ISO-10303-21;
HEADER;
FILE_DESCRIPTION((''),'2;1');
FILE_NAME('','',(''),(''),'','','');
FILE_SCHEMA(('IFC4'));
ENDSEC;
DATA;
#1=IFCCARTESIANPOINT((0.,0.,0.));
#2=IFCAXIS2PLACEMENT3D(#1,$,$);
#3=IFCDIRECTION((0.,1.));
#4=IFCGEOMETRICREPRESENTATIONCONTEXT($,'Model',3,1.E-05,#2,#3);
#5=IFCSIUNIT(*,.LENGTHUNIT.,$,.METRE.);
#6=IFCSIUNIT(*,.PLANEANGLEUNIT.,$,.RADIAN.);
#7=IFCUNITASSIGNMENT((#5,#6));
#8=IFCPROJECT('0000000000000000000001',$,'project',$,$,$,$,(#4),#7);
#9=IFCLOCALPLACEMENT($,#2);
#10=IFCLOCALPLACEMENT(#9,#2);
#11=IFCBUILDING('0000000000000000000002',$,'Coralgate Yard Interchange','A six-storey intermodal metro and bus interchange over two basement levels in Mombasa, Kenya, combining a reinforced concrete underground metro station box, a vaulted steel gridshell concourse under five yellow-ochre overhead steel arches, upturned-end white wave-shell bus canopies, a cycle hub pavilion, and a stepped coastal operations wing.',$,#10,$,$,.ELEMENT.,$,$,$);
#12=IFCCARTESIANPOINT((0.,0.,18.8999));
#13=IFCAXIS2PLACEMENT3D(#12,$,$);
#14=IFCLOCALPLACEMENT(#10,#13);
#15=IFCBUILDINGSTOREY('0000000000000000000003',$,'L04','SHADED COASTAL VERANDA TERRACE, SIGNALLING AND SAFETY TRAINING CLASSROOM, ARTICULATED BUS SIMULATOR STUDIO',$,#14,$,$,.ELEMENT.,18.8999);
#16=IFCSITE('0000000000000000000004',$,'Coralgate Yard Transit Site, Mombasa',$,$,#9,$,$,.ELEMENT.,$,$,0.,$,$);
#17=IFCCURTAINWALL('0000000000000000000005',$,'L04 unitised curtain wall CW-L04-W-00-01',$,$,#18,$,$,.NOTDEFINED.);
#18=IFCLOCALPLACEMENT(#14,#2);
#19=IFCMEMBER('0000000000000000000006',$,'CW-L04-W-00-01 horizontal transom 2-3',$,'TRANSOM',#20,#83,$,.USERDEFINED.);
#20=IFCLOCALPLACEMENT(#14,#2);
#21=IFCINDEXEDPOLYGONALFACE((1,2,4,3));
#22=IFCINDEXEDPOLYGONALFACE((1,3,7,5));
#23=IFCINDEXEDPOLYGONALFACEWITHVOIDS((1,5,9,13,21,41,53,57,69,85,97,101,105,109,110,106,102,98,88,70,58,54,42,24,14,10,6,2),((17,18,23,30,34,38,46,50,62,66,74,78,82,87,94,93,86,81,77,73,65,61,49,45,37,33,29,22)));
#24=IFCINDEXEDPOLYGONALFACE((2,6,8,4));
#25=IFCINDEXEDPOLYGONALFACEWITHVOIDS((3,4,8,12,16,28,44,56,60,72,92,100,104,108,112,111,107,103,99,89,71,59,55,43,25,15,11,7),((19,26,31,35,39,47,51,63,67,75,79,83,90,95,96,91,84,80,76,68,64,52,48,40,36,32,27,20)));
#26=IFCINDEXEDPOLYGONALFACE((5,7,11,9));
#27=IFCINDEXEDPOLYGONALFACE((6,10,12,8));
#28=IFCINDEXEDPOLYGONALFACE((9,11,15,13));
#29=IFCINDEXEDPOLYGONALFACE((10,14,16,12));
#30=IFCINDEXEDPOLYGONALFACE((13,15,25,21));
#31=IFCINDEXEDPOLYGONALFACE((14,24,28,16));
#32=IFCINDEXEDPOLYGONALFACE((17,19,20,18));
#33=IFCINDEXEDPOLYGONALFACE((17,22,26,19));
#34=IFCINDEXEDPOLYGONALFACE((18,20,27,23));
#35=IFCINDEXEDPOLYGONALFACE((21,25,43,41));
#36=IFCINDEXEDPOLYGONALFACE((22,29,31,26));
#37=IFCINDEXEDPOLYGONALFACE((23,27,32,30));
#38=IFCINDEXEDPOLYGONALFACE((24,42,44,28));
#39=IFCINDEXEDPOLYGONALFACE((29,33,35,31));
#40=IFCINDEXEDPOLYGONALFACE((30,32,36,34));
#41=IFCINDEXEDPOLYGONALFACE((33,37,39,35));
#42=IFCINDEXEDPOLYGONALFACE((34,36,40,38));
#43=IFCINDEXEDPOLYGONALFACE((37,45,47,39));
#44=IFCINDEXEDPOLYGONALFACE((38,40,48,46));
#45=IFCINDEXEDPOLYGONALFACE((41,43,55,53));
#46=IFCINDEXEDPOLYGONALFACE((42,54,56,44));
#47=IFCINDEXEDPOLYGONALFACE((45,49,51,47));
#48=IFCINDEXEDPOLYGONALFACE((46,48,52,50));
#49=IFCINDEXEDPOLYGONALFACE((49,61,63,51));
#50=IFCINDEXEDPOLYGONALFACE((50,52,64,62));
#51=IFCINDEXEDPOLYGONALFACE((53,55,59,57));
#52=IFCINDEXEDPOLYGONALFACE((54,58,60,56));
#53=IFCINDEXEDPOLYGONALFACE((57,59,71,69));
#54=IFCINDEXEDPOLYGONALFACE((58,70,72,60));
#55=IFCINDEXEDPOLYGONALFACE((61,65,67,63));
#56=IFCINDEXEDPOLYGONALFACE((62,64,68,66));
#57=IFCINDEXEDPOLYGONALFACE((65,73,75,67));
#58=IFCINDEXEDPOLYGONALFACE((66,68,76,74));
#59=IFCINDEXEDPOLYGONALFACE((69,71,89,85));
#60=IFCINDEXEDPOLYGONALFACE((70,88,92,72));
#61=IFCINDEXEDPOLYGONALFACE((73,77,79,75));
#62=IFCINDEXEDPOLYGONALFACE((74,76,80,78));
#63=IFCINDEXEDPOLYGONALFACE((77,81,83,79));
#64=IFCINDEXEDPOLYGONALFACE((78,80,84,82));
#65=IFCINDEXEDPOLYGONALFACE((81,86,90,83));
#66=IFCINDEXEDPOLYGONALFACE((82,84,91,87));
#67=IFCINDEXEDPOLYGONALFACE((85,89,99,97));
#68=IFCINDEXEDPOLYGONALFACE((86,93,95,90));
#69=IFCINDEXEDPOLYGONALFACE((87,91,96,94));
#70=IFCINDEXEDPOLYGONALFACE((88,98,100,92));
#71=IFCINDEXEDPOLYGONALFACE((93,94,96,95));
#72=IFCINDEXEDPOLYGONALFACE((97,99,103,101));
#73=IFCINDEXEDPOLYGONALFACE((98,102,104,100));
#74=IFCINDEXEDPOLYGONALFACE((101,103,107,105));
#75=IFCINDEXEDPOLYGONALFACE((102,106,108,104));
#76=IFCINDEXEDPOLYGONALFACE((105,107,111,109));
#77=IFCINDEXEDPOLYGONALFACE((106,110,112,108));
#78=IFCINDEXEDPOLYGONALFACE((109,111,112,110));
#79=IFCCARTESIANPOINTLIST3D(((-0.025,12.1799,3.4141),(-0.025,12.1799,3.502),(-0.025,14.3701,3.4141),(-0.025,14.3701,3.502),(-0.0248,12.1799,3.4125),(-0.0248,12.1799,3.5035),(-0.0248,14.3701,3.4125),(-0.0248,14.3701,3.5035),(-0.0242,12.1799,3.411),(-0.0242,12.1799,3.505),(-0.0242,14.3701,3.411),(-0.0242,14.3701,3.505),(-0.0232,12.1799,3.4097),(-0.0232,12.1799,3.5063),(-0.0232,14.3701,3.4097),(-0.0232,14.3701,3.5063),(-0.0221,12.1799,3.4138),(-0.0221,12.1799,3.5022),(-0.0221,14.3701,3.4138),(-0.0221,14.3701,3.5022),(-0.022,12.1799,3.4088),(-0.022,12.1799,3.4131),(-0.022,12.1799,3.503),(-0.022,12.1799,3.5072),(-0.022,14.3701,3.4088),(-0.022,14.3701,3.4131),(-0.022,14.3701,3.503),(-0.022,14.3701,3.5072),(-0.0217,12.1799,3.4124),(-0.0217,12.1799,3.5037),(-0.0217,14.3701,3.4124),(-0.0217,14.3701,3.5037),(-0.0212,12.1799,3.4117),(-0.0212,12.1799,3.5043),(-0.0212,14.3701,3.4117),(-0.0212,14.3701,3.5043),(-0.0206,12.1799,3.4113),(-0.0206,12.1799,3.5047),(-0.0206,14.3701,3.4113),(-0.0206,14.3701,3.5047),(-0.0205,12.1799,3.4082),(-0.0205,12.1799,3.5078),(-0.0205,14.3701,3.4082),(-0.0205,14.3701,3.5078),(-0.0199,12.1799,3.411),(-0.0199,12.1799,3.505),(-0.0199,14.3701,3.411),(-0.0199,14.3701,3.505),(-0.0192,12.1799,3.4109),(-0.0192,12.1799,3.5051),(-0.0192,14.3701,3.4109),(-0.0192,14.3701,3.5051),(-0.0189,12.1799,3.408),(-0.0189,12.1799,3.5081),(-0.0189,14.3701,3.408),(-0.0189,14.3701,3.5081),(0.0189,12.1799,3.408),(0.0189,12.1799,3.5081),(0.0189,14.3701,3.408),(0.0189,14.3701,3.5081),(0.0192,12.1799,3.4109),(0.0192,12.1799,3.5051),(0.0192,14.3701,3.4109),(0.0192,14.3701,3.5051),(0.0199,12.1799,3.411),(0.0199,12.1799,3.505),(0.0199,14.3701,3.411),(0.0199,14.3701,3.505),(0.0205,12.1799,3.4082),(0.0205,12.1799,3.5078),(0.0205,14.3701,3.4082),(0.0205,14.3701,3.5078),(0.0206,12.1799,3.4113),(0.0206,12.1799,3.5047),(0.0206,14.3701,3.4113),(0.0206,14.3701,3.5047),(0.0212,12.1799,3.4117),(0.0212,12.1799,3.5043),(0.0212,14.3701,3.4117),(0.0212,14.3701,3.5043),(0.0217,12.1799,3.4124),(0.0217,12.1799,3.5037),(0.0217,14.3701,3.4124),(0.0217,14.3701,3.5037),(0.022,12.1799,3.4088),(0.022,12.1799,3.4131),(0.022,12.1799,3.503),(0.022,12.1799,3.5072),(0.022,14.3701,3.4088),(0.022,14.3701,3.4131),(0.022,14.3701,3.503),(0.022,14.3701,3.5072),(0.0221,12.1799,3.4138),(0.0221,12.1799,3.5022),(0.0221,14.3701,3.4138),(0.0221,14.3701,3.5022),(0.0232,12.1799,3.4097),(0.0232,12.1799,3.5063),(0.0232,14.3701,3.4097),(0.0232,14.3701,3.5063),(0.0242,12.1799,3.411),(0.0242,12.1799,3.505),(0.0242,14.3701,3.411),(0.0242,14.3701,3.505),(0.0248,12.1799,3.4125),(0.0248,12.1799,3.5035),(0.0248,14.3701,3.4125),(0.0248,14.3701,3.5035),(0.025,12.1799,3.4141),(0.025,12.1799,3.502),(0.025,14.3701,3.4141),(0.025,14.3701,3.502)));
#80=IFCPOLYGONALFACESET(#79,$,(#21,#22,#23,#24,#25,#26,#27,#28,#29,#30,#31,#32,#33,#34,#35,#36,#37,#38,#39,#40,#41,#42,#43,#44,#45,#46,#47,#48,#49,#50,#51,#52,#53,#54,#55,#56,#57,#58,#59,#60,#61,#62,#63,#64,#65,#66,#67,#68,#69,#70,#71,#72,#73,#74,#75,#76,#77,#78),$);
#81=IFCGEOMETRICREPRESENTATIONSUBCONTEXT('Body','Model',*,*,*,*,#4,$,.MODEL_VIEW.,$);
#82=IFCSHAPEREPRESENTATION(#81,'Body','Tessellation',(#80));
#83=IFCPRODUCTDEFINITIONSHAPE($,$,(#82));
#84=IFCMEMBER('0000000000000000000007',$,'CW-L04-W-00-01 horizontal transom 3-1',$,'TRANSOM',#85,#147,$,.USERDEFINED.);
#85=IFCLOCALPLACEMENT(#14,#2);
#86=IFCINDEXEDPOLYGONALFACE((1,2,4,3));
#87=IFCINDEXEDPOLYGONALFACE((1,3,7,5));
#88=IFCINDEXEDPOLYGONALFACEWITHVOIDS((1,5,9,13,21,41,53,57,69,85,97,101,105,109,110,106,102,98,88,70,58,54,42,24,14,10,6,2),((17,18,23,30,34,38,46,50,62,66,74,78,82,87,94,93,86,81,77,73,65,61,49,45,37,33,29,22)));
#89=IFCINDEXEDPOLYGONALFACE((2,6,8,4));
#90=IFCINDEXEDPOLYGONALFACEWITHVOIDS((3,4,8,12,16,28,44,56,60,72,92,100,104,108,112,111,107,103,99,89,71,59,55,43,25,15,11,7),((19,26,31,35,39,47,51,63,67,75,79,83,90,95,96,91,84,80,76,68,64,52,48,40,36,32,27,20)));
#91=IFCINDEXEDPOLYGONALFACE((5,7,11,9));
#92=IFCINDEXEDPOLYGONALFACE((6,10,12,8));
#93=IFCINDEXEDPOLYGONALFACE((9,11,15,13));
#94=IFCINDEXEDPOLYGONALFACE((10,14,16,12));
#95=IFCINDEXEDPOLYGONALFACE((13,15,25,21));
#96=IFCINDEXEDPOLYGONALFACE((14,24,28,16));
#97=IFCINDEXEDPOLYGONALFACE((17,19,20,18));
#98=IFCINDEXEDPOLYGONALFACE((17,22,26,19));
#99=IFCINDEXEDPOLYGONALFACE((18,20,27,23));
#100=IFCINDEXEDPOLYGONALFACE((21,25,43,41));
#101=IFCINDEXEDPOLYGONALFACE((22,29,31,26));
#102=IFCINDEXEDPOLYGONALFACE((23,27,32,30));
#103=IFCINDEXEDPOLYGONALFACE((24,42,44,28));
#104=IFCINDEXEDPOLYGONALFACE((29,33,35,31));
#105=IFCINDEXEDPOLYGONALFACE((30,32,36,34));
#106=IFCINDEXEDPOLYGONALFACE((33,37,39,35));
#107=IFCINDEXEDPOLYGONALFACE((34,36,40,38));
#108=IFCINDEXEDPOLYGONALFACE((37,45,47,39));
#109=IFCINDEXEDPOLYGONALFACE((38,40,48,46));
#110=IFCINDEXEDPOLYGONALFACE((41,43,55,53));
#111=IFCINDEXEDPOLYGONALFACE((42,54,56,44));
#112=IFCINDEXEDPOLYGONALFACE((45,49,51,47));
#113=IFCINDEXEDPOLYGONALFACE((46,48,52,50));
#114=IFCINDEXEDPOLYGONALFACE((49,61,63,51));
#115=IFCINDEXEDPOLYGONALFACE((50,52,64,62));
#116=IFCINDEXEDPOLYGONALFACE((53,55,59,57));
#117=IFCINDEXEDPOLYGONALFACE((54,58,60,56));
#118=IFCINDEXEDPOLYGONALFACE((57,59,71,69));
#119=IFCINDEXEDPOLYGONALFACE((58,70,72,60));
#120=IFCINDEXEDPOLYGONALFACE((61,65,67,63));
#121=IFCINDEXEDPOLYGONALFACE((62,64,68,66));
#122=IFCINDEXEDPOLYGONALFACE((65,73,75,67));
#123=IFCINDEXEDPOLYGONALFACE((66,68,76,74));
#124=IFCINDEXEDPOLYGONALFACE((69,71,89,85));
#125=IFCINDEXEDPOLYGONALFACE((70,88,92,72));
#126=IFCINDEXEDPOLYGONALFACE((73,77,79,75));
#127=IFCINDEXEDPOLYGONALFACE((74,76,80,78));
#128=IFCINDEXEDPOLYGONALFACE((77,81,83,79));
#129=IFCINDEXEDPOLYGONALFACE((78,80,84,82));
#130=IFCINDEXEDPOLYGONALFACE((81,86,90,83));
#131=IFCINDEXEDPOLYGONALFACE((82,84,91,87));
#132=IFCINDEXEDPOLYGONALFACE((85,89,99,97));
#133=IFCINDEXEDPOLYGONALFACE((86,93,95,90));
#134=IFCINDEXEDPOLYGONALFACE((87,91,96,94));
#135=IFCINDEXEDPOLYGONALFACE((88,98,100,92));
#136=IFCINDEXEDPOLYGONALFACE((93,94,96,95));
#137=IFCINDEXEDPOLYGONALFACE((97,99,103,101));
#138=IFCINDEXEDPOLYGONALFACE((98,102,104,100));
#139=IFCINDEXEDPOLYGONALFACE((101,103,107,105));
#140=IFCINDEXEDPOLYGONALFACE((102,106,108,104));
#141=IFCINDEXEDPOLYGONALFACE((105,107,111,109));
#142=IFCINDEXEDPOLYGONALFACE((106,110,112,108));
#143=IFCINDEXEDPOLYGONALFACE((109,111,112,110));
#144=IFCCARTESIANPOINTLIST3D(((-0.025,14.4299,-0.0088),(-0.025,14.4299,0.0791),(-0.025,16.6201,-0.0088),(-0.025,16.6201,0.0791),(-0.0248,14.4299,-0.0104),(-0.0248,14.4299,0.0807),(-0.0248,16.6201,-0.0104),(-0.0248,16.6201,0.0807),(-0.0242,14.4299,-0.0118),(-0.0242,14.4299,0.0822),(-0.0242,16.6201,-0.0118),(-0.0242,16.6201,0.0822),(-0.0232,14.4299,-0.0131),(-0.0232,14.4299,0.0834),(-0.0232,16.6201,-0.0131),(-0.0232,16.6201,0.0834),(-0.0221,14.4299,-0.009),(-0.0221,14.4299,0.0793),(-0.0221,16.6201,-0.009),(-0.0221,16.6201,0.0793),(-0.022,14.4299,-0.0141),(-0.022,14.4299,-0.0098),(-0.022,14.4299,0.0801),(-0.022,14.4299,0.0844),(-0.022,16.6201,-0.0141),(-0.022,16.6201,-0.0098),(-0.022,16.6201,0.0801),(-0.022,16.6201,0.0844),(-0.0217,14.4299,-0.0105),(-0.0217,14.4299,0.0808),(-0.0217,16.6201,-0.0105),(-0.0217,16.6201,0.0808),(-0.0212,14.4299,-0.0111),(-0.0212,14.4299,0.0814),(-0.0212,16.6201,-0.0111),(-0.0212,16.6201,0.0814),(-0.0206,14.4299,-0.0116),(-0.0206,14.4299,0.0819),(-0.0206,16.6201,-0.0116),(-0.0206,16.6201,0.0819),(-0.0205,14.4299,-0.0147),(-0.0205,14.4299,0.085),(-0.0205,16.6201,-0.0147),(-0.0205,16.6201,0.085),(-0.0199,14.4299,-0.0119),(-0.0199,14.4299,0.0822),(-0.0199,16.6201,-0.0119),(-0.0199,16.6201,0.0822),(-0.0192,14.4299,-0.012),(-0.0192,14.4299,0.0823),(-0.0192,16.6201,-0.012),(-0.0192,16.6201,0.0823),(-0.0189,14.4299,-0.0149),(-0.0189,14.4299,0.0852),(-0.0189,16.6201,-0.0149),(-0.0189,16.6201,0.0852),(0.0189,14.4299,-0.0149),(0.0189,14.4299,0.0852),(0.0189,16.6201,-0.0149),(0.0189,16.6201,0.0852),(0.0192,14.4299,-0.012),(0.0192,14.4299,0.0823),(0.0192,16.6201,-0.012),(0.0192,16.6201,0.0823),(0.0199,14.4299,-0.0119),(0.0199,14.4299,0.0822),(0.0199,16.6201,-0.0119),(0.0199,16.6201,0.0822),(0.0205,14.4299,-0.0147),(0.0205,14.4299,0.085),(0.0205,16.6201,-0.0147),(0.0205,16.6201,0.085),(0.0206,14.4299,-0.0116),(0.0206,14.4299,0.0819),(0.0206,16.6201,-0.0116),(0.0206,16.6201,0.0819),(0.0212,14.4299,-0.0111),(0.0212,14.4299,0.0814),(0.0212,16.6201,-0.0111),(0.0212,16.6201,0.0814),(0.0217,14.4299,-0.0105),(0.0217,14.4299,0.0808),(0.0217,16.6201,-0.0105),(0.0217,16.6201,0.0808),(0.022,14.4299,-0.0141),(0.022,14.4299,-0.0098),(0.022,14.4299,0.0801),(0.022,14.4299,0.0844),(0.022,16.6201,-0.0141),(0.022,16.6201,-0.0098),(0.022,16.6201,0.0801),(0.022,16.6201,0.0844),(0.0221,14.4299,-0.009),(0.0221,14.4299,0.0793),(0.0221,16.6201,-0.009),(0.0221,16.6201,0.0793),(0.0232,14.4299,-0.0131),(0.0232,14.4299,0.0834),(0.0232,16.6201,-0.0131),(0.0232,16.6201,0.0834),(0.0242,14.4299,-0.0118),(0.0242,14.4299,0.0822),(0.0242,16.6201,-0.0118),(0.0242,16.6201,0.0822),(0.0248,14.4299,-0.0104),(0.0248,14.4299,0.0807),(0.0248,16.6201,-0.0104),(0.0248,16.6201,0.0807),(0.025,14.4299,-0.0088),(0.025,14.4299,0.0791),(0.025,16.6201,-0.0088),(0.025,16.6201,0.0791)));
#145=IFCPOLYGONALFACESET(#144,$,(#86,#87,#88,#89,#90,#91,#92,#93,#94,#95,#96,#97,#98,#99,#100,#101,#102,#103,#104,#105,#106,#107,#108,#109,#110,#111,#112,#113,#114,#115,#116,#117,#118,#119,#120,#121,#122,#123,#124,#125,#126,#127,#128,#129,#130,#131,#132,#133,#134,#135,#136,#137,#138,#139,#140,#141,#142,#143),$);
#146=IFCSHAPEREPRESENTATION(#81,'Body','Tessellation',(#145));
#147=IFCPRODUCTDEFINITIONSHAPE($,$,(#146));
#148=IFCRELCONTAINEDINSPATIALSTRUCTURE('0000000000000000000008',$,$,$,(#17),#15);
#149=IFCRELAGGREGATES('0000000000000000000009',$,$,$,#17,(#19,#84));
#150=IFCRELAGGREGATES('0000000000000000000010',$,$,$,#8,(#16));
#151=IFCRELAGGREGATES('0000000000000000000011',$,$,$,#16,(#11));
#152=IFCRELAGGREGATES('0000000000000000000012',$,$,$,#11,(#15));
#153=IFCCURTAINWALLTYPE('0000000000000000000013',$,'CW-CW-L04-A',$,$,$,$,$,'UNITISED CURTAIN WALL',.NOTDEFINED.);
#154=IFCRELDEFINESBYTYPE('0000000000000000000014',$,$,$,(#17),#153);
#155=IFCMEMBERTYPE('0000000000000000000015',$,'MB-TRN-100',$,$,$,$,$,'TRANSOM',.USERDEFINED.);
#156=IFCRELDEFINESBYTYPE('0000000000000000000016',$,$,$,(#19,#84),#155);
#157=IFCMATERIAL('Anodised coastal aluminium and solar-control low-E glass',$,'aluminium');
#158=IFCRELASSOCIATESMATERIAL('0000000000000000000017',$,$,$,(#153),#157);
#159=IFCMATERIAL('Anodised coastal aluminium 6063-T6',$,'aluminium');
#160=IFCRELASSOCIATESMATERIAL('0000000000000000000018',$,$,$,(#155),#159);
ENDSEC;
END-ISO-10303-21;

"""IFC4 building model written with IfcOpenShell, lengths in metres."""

from ifc_helpers import new_model, si_unit, direction, frame, origin, origin_2d, place, context, subcontext, project, spatial, hollow_rectangle, extrude, material, material_profile, profile_set, type_object, element, aggregate, save


model = new_model("IFC4")

# Units and contexts
model_context = context("Model", 3, precision=1e-05, world=origin(), true_north=direction((0.0, 1.0)))
body_context = subcontext(model_context, "Body", "Model", "MODEL_VIEW")
ifc_project = project(units=[si_unit("LENGTHUNIT", "METRE"), si_unit("PLANEANGLEUNIT", "RADIAN")], contexts=[model_context])

# Site, building, storey
site_placement = place(None, origin())
site = spatial("IfcSite", under=ifc_project, at=site_placement, Name="Coralgate Yard Transit Site, Mombasa", CompositionType="ELEMENT", RefElevation=0.0)
building_placement = place(site_placement, origin())
building = spatial("IfcBuilding", under=site, at=building_placement, Name="Coralgate Yard Interchange", Description="A six-storey intermodal metro and bus interchange over two basement levels in Mombasa, Kenya, combining a reinforced concrete underground metro station box, a vaulted steel gridshell concourse under five yellow-ochre overhead steel arches, upturned-end white wave-shell bus canopies, a cycle hub pavilion, and a stepped coastal operations wing.", CompositionType="ELEMENT")
storey_placement = place(building_placement, frame((0.0, 0.0, 18.8999)))
storey = spatial("IfcBuildingStorey", under=building, at=storey_placement, Name="L04", Description="SHADED COASTAL VERANDA TERRACE, SIGNALLING AND SAFETY TRAINING CLASSROOM, ARTICULATED BUS SIMULATOR STUDIO", CompositionType="ELEMENT", Elevation=18.8999)

# Curtain wall, members
ifc_material_1 = material(Name="Anodised coastal aluminium and solar-control low-E glass", Category="aluminium")
curtain_wall_type = type_object("IfcCurtainWallType", Name="CW-CW-L04-A", ElementType="UNITISED CURTAIN WALL", PredefinedType="NOTDEFINED", material=ifc_material_1)
curtain_wall_placement = place(storey_placement, origin())
curtain_wall = element("IfcCurtainWall", 1, at=curtain_wall_placement, inside=storey, type_object=curtain_wall_type, Name="L04 unitised curtain wall CW-L04-W-00-01", PredefinedType="NOTDEFINED")
ifc_material_2 = material(Name="Anodised coastal aluminium 6063-T6", Category="aluminium")
ifc_material_profile_1 = material_profile(ifc_material_2, hollow_rectangle(XDim=0.05, YDim=0.1001, WallThickness=0.0029, InnerFilletRadius=0.0029, OuterFilletRadius=0.0061, at=origin_2d()), Name="ALU 50x100x3")
ifc_profile_set_1 = profile_set([ifc_material_profile_1], Name="Anodised coastal aluminium 6063-T6")
member_type_1 = type_object("IfcMemberType", Name="MB-TRN-100", ElementType="TRANSOM", PredefinedType="USERDEFINED", material=ifc_profile_set_1)
member_1_placement = place(storey_placement, frame((0.0, 12.1799, 3.458), z_axis=(0.0, 1.0, 0.0), x_axis=(-1.0, 0.0, 0.0)))
member_1 = element("IfcMember", 2, at=member_1_placement, type_object=member_type_1, Name="CW-L04-W-00-01 horizontal transom 2-3", ObjectType="TRANSOM", PredefinedType="USERDEFINED", context=body_context, shape_type="SweptSolid", body=[
    extrude(hollow_rectangle(XDim=0.05, YDim=0.1001, WallThickness=0.0029, InnerFilletRadius=0.0029, OuterFilletRadius=0.0061, at=origin_2d()), origin(), (0.0, 0.0, 1.0), 2.1902),
])
member_2_placement = place(storey_placement, frame((0.0, 14.4299, 0.0352), z_axis=(0.0, 1.0, 0.0), x_axis=(-1.0, 0.0, 0.0)))
member_2 = element("IfcMember", 3, at=member_2_placement, type_object=member_type_1, Name="CW-L04-W-00-01 horizontal transom 3-1", ObjectType="TRANSOM", PredefinedType="USERDEFINED", context=body_context, shape_type="SweptSolid", body=[
    extrude(hollow_rectangle(XDim=0.05, YDim=0.1001, WallThickness=0.0029, InnerFilletRadius=0.0029, OuterFilletRadius=0.0061, at=origin_2d()), origin(), (0.0, 0.0, 1.0), 2.1902),
])
aggregate(curtain_wall, [member_1, member_2])

save(model, "model.ifc")
